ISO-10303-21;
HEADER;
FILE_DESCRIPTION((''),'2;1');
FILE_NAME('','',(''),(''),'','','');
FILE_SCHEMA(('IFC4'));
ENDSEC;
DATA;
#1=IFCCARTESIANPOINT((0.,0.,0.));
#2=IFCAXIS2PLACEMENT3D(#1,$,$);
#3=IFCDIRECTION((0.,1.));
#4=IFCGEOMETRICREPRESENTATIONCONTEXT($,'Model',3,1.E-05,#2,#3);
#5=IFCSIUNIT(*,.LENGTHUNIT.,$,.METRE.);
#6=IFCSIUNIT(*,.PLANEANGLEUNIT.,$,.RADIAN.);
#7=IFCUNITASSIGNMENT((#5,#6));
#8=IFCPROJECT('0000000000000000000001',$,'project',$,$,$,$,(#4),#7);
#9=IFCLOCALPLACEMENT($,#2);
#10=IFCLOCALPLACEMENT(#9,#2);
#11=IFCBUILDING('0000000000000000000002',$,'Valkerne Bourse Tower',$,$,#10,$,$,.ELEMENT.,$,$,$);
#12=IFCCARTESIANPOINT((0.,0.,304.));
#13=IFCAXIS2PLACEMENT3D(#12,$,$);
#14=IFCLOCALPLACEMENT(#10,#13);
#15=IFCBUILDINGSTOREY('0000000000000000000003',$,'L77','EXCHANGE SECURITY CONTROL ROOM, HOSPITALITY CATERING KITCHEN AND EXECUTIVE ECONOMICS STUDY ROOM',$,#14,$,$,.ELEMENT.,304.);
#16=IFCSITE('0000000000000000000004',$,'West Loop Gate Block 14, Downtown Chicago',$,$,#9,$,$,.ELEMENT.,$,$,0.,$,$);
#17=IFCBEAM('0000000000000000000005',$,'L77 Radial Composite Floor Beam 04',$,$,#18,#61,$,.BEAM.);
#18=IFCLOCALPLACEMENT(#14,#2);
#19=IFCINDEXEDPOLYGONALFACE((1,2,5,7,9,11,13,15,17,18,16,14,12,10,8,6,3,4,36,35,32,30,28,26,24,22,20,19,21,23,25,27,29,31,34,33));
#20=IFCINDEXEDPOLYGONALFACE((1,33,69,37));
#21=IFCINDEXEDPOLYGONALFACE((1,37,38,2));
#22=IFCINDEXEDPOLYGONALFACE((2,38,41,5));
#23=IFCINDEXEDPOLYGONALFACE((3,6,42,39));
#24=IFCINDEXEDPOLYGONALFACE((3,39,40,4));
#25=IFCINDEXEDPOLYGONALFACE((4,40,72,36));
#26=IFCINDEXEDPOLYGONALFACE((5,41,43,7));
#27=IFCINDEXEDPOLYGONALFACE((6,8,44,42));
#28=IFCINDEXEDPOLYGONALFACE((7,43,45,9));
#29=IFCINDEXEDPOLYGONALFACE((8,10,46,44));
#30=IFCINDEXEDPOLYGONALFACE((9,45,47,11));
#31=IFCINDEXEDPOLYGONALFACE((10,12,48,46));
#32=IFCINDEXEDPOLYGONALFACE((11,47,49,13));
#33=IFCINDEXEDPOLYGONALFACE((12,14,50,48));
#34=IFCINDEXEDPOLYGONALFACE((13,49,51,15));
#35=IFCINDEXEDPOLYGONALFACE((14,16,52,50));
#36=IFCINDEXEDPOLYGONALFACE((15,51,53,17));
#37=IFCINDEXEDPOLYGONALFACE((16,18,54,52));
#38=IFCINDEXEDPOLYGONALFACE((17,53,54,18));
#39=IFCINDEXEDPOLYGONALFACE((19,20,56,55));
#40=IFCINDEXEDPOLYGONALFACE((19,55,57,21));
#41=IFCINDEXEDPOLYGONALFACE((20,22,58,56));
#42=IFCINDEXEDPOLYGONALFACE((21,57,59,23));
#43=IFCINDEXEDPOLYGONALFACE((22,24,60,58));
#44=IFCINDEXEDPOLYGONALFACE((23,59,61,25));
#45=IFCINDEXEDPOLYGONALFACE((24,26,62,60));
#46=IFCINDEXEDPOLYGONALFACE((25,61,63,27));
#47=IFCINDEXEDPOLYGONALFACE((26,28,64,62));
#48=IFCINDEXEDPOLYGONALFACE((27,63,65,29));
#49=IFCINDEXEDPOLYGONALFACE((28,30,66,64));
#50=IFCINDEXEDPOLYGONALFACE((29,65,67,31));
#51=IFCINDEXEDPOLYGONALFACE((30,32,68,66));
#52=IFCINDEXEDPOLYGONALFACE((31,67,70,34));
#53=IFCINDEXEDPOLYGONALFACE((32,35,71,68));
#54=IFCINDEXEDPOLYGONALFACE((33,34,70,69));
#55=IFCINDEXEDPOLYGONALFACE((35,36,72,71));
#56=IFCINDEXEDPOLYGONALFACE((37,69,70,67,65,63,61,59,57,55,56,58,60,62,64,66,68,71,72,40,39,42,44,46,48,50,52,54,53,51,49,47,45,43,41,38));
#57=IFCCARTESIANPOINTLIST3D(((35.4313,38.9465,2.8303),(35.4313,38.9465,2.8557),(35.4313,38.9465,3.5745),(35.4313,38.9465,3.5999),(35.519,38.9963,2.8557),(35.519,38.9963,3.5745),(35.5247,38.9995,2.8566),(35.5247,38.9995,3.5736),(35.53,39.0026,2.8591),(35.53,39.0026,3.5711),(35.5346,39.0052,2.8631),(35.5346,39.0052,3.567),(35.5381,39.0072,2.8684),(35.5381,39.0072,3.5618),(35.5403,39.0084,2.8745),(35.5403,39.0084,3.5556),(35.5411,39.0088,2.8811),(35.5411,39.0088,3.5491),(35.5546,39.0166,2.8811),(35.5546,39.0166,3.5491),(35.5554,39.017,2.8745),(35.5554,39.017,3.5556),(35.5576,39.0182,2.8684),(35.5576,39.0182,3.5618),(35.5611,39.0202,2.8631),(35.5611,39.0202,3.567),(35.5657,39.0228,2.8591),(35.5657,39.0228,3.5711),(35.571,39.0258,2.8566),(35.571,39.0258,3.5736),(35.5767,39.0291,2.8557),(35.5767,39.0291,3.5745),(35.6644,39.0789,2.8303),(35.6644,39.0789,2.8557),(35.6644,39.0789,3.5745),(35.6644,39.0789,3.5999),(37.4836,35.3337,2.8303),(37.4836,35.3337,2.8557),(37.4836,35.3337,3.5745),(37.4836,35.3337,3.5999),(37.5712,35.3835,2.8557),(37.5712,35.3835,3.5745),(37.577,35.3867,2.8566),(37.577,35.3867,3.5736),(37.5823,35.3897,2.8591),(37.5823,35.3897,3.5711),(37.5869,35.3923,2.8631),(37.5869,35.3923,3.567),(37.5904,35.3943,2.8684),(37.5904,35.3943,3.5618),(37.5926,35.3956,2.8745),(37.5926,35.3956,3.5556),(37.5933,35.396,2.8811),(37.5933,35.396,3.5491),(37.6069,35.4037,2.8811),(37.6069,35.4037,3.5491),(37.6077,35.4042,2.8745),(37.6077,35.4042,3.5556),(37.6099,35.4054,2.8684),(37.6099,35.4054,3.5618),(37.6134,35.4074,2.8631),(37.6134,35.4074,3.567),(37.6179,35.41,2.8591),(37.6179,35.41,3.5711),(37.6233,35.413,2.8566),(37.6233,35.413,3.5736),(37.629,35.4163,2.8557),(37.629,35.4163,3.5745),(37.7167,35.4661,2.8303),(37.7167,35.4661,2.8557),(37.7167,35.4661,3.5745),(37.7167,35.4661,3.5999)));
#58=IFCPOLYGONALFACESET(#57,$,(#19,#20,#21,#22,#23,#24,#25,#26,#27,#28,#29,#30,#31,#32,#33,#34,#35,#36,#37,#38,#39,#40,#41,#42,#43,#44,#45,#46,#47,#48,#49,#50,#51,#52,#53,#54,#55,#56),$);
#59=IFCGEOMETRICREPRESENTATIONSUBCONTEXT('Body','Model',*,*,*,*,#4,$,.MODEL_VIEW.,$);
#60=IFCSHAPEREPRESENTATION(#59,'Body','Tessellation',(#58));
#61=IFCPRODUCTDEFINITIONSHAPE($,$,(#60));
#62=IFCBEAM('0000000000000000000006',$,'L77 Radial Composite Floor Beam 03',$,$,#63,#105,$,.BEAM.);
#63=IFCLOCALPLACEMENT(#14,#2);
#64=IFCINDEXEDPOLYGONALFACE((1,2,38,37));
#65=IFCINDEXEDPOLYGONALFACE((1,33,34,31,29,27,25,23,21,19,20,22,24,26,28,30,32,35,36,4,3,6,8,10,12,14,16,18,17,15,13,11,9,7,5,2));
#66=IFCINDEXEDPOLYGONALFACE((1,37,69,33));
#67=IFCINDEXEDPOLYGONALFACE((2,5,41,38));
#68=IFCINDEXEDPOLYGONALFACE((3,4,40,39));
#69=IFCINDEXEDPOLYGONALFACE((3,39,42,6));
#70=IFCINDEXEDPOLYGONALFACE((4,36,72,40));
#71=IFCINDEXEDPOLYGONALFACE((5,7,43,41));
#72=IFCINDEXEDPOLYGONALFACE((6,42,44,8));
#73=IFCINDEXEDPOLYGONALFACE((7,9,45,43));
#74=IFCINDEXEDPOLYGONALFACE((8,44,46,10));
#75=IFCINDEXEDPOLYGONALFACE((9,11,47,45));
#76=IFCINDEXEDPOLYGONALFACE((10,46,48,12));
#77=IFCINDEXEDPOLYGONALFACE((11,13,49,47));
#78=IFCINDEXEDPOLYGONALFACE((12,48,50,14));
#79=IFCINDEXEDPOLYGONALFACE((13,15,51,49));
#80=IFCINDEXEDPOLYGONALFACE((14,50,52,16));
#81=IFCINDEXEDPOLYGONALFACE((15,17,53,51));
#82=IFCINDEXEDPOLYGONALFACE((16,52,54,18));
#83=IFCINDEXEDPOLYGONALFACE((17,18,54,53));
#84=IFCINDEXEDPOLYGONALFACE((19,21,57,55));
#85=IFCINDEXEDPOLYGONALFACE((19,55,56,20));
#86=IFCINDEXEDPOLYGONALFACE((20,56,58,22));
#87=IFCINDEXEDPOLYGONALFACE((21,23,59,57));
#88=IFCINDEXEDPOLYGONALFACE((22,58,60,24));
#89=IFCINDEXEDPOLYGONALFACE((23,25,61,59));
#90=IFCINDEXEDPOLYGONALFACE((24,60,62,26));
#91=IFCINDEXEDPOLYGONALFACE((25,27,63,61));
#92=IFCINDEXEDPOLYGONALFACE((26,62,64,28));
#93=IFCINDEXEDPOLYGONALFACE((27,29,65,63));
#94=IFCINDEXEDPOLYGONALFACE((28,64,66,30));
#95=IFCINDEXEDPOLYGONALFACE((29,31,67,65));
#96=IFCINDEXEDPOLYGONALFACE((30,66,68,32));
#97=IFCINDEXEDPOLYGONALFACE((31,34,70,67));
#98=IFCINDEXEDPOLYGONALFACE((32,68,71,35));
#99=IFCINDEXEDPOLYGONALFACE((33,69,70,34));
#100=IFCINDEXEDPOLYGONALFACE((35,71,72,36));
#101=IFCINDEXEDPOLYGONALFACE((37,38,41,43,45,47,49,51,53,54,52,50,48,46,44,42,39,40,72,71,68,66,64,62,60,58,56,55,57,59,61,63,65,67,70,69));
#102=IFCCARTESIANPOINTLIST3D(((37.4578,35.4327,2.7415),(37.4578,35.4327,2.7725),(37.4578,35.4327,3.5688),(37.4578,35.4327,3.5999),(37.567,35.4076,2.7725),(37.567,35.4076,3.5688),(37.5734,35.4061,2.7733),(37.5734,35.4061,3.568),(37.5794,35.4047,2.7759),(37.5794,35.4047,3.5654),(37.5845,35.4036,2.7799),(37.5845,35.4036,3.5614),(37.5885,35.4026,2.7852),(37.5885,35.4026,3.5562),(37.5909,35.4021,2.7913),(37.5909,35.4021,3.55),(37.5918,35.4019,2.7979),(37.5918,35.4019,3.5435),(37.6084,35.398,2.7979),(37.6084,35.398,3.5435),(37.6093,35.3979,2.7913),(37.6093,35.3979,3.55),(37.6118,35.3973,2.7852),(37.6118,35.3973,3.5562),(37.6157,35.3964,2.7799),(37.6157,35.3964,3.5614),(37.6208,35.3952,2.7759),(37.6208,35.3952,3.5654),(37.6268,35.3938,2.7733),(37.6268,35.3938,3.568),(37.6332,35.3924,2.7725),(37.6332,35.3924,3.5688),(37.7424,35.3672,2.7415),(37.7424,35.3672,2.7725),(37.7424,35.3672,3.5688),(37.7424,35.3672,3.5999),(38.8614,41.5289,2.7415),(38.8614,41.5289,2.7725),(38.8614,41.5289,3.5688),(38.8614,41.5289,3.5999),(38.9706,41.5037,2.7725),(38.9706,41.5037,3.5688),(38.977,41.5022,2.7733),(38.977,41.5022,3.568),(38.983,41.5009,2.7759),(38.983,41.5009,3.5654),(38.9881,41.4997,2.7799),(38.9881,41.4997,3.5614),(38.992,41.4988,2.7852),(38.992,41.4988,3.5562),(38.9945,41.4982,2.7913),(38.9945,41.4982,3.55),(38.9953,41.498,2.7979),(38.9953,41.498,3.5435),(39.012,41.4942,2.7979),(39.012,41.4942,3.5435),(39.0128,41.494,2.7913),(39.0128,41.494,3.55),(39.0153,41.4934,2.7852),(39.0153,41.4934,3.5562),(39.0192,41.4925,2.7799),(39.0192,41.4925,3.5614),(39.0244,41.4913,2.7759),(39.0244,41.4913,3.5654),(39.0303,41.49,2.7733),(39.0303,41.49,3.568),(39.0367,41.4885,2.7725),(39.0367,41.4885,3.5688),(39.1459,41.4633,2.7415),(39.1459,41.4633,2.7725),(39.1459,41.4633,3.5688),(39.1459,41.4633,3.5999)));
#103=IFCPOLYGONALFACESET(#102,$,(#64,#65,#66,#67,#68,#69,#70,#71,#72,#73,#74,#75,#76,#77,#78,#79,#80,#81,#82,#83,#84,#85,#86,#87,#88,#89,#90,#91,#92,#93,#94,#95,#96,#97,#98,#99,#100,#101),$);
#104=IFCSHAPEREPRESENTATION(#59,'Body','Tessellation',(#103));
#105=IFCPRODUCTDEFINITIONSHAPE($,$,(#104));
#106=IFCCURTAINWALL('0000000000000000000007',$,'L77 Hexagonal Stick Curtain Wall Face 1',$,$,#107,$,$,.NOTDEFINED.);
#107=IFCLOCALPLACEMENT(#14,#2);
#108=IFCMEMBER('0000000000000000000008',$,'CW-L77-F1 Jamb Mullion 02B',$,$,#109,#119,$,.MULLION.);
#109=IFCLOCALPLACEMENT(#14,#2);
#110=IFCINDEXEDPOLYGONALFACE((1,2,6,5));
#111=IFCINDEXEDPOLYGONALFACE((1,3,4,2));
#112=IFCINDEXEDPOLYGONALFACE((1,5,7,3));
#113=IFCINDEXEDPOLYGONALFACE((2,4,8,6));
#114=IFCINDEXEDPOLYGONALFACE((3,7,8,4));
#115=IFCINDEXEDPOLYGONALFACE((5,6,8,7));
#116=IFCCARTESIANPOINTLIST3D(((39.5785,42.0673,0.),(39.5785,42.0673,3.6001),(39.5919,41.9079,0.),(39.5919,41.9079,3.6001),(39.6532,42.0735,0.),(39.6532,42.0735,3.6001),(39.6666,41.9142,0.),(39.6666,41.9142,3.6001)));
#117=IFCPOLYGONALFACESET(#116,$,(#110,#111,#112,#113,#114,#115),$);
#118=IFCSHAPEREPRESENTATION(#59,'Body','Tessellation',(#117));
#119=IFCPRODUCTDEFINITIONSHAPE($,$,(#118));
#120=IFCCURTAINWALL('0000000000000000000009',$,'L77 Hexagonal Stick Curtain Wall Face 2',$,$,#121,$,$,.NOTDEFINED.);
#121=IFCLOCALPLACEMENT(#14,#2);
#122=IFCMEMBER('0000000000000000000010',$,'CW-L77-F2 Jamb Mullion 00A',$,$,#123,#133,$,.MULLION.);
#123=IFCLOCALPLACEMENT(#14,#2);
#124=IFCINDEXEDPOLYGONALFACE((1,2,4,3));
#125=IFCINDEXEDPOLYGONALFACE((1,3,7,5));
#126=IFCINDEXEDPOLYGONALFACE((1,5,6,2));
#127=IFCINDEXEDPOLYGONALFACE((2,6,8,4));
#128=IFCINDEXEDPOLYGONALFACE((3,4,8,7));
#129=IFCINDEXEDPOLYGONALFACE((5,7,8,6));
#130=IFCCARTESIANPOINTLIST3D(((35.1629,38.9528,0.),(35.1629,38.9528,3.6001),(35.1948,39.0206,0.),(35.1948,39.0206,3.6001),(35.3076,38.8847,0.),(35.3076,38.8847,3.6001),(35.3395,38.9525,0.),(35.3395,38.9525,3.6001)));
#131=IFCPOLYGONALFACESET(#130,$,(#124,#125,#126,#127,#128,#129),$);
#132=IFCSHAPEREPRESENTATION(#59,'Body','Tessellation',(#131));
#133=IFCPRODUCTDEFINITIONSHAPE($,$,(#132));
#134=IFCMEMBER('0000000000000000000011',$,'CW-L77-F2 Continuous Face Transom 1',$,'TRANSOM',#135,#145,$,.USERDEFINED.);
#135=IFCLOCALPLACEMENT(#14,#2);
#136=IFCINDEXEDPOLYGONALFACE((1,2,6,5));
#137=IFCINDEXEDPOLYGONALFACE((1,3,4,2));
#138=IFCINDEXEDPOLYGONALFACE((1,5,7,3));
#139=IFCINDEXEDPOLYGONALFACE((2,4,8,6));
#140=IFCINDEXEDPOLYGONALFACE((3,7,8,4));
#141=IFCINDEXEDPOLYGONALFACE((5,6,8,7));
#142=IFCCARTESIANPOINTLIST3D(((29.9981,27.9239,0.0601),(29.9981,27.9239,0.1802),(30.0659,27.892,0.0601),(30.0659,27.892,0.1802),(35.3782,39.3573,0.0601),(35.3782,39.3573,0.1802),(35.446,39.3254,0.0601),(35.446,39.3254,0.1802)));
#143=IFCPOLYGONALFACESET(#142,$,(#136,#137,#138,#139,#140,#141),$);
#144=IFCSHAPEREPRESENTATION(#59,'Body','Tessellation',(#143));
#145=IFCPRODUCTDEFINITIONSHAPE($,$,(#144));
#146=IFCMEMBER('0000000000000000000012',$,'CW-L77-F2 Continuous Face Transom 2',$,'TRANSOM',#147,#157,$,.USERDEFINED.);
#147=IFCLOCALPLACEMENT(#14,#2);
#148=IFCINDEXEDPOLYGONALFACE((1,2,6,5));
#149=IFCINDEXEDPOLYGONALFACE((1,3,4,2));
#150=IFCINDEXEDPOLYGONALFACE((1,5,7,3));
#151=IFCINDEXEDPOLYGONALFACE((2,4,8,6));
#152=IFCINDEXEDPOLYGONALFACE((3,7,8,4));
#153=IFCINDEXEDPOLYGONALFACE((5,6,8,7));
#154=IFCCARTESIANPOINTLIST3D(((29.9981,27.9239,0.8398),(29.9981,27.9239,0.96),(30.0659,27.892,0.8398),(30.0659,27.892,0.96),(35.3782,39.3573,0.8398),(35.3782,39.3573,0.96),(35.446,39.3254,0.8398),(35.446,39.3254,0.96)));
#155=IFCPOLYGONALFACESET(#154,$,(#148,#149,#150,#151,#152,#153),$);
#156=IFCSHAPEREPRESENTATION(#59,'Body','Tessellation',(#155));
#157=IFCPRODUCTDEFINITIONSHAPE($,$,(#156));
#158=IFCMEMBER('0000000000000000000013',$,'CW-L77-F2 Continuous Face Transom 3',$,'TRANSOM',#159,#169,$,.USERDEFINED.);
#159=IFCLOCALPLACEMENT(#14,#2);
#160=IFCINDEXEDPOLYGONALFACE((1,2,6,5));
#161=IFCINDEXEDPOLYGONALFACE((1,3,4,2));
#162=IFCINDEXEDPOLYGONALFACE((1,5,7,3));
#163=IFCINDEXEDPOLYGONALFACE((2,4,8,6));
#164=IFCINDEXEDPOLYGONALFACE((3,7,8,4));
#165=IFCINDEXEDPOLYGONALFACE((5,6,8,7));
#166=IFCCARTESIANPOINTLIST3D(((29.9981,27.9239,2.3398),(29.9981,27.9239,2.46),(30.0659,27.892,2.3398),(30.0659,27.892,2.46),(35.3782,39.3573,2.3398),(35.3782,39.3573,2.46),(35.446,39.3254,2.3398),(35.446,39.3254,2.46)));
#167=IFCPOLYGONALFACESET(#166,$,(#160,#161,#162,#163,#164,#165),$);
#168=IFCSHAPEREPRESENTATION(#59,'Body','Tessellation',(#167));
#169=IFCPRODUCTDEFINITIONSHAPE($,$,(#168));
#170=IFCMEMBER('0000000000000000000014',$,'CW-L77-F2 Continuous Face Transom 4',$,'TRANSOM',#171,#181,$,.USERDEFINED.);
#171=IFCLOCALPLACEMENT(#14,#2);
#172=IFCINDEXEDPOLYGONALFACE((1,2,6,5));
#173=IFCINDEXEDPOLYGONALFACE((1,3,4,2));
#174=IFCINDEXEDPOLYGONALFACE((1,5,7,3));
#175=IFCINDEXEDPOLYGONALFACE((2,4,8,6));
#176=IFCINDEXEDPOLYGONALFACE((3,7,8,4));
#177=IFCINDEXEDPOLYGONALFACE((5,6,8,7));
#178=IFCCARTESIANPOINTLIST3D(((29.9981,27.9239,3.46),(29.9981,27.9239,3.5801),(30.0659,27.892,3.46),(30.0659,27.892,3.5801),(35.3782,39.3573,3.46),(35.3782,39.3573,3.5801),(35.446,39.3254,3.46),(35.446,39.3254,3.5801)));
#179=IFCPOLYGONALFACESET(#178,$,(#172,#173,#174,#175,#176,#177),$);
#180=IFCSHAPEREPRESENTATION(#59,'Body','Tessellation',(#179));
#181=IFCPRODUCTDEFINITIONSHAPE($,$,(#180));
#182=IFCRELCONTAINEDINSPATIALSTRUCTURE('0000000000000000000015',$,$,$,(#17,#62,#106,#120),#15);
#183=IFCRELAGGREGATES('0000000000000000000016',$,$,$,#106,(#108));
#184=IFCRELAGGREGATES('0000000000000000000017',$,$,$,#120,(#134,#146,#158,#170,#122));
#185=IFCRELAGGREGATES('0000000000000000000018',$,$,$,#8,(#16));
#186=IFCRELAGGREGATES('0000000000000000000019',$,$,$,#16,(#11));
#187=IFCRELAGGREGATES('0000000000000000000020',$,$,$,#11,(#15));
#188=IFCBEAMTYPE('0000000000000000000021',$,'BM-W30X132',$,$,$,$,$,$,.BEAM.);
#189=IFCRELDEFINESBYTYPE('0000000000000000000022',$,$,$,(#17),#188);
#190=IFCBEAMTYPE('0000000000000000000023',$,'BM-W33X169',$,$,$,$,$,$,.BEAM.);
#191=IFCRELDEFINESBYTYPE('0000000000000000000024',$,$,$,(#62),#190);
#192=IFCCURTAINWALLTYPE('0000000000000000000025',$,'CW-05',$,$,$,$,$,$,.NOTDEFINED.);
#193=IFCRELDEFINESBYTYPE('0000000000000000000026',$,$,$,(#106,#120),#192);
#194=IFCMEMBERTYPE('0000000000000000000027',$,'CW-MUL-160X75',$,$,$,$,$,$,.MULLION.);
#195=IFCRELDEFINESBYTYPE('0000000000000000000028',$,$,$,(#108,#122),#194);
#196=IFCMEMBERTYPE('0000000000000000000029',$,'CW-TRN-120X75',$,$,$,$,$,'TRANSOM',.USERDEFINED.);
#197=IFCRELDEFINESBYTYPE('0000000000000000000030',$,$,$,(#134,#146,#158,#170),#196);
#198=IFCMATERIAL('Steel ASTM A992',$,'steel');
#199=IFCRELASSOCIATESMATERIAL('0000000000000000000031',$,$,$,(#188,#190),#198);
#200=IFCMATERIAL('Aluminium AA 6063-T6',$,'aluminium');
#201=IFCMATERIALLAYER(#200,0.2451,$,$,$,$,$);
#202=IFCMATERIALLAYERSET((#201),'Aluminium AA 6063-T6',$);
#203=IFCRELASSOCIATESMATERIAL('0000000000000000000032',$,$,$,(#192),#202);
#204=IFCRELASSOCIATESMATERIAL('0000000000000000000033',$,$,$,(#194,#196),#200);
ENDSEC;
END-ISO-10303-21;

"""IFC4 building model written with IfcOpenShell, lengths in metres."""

from ifc_helpers import new_model, si_unit, direction, frame, origin, origin_2d, place, context, subcontext, project, spatial, rectangle, i_section, extrude, material, layer, layer_set, material_profile, profile_set, type_object, element, aggregate, save


model = new_model("IFC4")

# Units and contexts
model_context = context("Model", 3, precision=1e-05, world=origin(), true_north=direction((0.0, 1.0)))
body_context = subcontext(model_context, "Body", "Model", "MODEL_VIEW")
ifc_project = project(units=[si_unit("LENGTHUNIT", "METRE"), si_unit("PLANEANGLEUNIT", "RADIAN")], contexts=[model_context])

# Site, building, storey
site_placement = place(None, origin())
site = spatial("IfcSite", under=ifc_project, at=site_placement, Name="West Loop Gate Block 14, Downtown Chicago", CompositionType="ELEMENT", RefElevation=0.0)
building_placement = place(site_placement, origin())
building = spatial("IfcBuilding", under=site, at=building_placement, Name="Valkerne Bourse Tower", CompositionType="ELEMENT")
storey_placement = place(building_placement, frame((0.0, 0.0, 304.0)))
storey = spatial("IfcBuildingStorey", under=building, at=storey_placement, Name="L77", Description="EXCHANGE SECURITY CONTROL ROOM, HOSPITALITY CATERING KITCHEN AND EXECUTIVE ECONOMICS STUDY ROOM", CompositionType="ELEMENT", Elevation=304.0)

# Beams
ifc_material_1 = material(Name="Steel ASTM A992", Category="steel")
ifc_material_profile_1 = material_profile(ifc_material_1, i_section(OverallWidth=0.2681, OverallDepth=0.7695, WebThickness=0.0156, FlangeThickness=0.0254, FilletRadius=0.0254, at=origin_2d()), Name="W30X132")
ifc_profile_set_1 = profile_set([ifc_material_profile_1], Name="Steel ASTM A992")
beam_type_1 = type_object("IfcBeamType", Name="BM-W30X132", PredefinedType="BEAM", material=ifc_profile_set_1)
beam_1_placement = place(storey_placement, frame((35.5479, 39.0127, 3.2151), z_axis=(0.493923, -0.869506, 0.0), x_axis=(0.869506, 0.493923, 0.0)))
element("IfcBeam", 1, at=beam_1_placement, inside=storey, type_object=beam_type_1, Name="L77 Radial Composite Floor Beam 04", PredefinedType="BEAM", context=body_context, shape_type="SweptSolid", body=[
    extrude(i_section(OverallWidth=0.2681, OverallDepth=0.7695, WebThickness=0.0156, FlangeThickness=0.0254, FilletRadius=0.0254, at=origin_2d()), origin(), (0.0, 0.0, 1.0), 4.155),
])
ifc_material_profile_2 = material_profile(ifc_material_1, i_section(OverallWidth=0.292, OverallDepth=0.8584, WebThickness=0.0171, FlangeThickness=0.031, FilletRadius=0.0254, at=origin_2d()), Name="W33X169")
ifc_profile_set_2 = profile_set([ifc_material_profile_2], Name="Steel ASTM A992")
beam_type_2 = type_object("IfcBeamType", Name="BM-W33X169", PredefinedType="BEAM", material=ifc_profile_set_2)
beam_2_placement = place(storey_placement, frame((39.0037, 41.4961, 3.1707), z_axis=(-0.224366, -0.974505, 0.0), x_axis=(0.974505, -0.224366, 0.0)))
element("IfcBeam", 2, at=beam_2_placement, inside=storey, type_object=beam_type_2, Name="L77 Radial Composite Floor Beam 03", PredefinedType="BEAM", context=body_context, shape_type="SweptSolid", body=[
    extrude(i_section(OverallWidth=0.292, OverallDepth=0.8584, WebThickness=0.0171, FlangeThickness=0.031, FilletRadius=0.0254, at=origin_2d()), origin(), (0.0, 0.0, 1.0), 6.2556),
])

# Curtain wall, member
ifc_material_2 = material(Name="Aluminium AA 6063-T6", Category="aluminium")
ifc_layer_1 = layer(ifc_material_2, 0.2451)
ifc_layer_set_1 = layer_set([ifc_layer_1], Name="Aluminium AA 6063-T6")
curtain_wall_type = type_object("IfcCurtainWallType", Name="CW-05", PredefinedType="NOTDEFINED", material=ifc_layer_set_1)
curtain_wall_1_placement = place(storey_placement, origin())
curtain_wall_1 = element("IfcCurtainWall", 3, at=curtain_wall_1_placement, inside=storey, type_object=curtain_wall_type, Name="L77 Hexagonal Stick Curtain Wall Face 1", PredefinedType="NOTDEFINED")
ifc_material_profile_3 = material_profile(ifc_material_2, rectangle(XDim=0.075, YDim=0.1599, at=origin_2d()), Name="CWM-75X160")
ifc_profile_set_3 = profile_set([ifc_material_profile_3], Name="Aluminium AA 6063-T6")
member_type_1 = type_object("IfcMemberType", Name="CW-MUL-160X75", PredefinedType="MULLION", material=ifc_profile_set_3)
member_1_placement = place(storey_placement, frame((39.6226, 41.9907, 0.0), z_axis=(0.0, 0.0, 1.0), x_axis=(-0.996494, -0.083666, 0.0)))
member_1 = element("IfcMember", 4, at=member_1_placement, type_object=member_type_1, Name="CW-L77-F1 Jamb Mullion 02B", PredefinedType="MULLION", context=body_context, shape_type="SweptSolid", body=[
    extrude(rectangle(XDim=0.075, YDim=0.1599, at=origin_2d()), origin(), (0.0, 0.0, 1.0), 3.6001),
])
aggregate(curtain_wall_1, [member_1])

# Curtain wall, members
curtain_wall_2_placement = place(storey_placement, origin())
curtain_wall_2 = element("IfcCurtainWall", 5, at=curtain_wall_2_placement, inside=storey, type_object=curtain_wall_type, Name="L77 Hexagonal Stick Curtain Wall Face 2", PredefinedType="NOTDEFINED")
member_2_placement = place(storey_placement, frame((35.2512, 38.9526, 0.0), z_axis=(0.0, 0.0, 1.0), x_axis=(-0.425766, -0.904833, 0.0)))
member_2 = element("IfcMember", 6, at=member_2_placement, type_object=member_type_1, Name="CW-L77-F2 Jamb Mullion 00A", PredefinedType="MULLION", context=body_context, shape_type="SweptSolid", body=[
    extrude(rectangle(XDim=0.075, YDim=0.1599, at=origin_2d()), origin(), (0.0, 0.0, 1.0), 3.6001),
])
ifc_material_profile_4 = material_profile(ifc_material_2, rectangle(XDim=0.075, YDim=0.1201, at=origin_2d()), Name="CWT-75X120")
ifc_profile_set_4 = profile_set([ifc_material_profile_4], Name="Aluminium AA 6063-T6")
member_type_2 = type_object("IfcMemberType", Name="CW-TRN-120X75", ElementType="TRANSOM", PredefinedType="USERDEFINED", material=ifc_profile_set_4)
member_3_placement = place(storey_placement, frame((35.4121, 39.3413, 0.1201), z_axis=(-0.425779, -0.904827, 0.0), x_axis=(0.904827, -0.425779, 0.0)))
member_3 = element("IfcMember", 7, at=member_3_placement, type_object=member_type_2, Name="CW-L77-F2 Continuous Face Transom 1", ObjectType="TRANSOM", PredefinedType="USERDEFINED", context=body_context, shape_type="SweptSolid", body=[
    extrude(rectangle(XDim=0.075, YDim=0.1201, at=origin_2d()), origin(), (0.0, 0.0, 1.0), 12.636),
])
member_4_placement = place(storey_placement, frame((35.4121, 39.3413, 0.8999), z_axis=(-0.425779, -0.904827, 0.0), x_axis=(0.904827, -0.425779, 0.0)))
member_4 = element("IfcMember", 8, at=member_4_placement, type_object=member_type_2, Name="CW-L77-F2 Continuous Face Transom 2", ObjectType="TRANSOM", PredefinedType="USERDEFINED", context=body_context, shape_type="SweptSolid", body=[
    extrude(rectangle(XDim=0.075, YDim=0.1201, at=origin_2d()), origin(), (0.0, 0.0, 1.0), 12.636),
])
member_5_placement = place(storey_placement, frame((35.4121, 39.3413, 2.3999), z_axis=(-0.425779, -0.904827, 0.0), x_axis=(0.904827, -0.425779, 0.0)))
member_5 = element("IfcMember", 9, at=member_5_placement, type_object=member_type_2, Name="CW-L77-F2 Continuous Face Transom 3", ObjectType="TRANSOM", PredefinedType="USERDEFINED", context=body_context, shape_type="SweptSolid", body=[
    extrude(rectangle(XDim=0.075, YDim=0.1201, at=origin_2d()), origin(), (0.0, 0.0, 1.0), 12.636),
])
member_6_placement = place(storey_placement, frame((35.4121, 39.3413, 3.52), z_axis=(-0.425779, -0.904827, 0.0), x_axis=(0.904827, -0.425779, 0.0)))
member_6 = element("IfcMember", 10, at=member_6_placement, type_object=member_type_2, Name="CW-L77-F2 Continuous Face Transom 4", ObjectType="TRANSOM", PredefinedType="USERDEFINED", context=body_context, shape_type="SweptSolid", body=[
    extrude(rectangle(XDim=0.075, YDim=0.1201, at=origin_2d()), origin(), (0.0, 0.0, 1.0), 12.636),
])
aggregate(curtain_wall_2, [member_3, member_4, member_5, member_6, member_2])

save(model, "model.ifc")
